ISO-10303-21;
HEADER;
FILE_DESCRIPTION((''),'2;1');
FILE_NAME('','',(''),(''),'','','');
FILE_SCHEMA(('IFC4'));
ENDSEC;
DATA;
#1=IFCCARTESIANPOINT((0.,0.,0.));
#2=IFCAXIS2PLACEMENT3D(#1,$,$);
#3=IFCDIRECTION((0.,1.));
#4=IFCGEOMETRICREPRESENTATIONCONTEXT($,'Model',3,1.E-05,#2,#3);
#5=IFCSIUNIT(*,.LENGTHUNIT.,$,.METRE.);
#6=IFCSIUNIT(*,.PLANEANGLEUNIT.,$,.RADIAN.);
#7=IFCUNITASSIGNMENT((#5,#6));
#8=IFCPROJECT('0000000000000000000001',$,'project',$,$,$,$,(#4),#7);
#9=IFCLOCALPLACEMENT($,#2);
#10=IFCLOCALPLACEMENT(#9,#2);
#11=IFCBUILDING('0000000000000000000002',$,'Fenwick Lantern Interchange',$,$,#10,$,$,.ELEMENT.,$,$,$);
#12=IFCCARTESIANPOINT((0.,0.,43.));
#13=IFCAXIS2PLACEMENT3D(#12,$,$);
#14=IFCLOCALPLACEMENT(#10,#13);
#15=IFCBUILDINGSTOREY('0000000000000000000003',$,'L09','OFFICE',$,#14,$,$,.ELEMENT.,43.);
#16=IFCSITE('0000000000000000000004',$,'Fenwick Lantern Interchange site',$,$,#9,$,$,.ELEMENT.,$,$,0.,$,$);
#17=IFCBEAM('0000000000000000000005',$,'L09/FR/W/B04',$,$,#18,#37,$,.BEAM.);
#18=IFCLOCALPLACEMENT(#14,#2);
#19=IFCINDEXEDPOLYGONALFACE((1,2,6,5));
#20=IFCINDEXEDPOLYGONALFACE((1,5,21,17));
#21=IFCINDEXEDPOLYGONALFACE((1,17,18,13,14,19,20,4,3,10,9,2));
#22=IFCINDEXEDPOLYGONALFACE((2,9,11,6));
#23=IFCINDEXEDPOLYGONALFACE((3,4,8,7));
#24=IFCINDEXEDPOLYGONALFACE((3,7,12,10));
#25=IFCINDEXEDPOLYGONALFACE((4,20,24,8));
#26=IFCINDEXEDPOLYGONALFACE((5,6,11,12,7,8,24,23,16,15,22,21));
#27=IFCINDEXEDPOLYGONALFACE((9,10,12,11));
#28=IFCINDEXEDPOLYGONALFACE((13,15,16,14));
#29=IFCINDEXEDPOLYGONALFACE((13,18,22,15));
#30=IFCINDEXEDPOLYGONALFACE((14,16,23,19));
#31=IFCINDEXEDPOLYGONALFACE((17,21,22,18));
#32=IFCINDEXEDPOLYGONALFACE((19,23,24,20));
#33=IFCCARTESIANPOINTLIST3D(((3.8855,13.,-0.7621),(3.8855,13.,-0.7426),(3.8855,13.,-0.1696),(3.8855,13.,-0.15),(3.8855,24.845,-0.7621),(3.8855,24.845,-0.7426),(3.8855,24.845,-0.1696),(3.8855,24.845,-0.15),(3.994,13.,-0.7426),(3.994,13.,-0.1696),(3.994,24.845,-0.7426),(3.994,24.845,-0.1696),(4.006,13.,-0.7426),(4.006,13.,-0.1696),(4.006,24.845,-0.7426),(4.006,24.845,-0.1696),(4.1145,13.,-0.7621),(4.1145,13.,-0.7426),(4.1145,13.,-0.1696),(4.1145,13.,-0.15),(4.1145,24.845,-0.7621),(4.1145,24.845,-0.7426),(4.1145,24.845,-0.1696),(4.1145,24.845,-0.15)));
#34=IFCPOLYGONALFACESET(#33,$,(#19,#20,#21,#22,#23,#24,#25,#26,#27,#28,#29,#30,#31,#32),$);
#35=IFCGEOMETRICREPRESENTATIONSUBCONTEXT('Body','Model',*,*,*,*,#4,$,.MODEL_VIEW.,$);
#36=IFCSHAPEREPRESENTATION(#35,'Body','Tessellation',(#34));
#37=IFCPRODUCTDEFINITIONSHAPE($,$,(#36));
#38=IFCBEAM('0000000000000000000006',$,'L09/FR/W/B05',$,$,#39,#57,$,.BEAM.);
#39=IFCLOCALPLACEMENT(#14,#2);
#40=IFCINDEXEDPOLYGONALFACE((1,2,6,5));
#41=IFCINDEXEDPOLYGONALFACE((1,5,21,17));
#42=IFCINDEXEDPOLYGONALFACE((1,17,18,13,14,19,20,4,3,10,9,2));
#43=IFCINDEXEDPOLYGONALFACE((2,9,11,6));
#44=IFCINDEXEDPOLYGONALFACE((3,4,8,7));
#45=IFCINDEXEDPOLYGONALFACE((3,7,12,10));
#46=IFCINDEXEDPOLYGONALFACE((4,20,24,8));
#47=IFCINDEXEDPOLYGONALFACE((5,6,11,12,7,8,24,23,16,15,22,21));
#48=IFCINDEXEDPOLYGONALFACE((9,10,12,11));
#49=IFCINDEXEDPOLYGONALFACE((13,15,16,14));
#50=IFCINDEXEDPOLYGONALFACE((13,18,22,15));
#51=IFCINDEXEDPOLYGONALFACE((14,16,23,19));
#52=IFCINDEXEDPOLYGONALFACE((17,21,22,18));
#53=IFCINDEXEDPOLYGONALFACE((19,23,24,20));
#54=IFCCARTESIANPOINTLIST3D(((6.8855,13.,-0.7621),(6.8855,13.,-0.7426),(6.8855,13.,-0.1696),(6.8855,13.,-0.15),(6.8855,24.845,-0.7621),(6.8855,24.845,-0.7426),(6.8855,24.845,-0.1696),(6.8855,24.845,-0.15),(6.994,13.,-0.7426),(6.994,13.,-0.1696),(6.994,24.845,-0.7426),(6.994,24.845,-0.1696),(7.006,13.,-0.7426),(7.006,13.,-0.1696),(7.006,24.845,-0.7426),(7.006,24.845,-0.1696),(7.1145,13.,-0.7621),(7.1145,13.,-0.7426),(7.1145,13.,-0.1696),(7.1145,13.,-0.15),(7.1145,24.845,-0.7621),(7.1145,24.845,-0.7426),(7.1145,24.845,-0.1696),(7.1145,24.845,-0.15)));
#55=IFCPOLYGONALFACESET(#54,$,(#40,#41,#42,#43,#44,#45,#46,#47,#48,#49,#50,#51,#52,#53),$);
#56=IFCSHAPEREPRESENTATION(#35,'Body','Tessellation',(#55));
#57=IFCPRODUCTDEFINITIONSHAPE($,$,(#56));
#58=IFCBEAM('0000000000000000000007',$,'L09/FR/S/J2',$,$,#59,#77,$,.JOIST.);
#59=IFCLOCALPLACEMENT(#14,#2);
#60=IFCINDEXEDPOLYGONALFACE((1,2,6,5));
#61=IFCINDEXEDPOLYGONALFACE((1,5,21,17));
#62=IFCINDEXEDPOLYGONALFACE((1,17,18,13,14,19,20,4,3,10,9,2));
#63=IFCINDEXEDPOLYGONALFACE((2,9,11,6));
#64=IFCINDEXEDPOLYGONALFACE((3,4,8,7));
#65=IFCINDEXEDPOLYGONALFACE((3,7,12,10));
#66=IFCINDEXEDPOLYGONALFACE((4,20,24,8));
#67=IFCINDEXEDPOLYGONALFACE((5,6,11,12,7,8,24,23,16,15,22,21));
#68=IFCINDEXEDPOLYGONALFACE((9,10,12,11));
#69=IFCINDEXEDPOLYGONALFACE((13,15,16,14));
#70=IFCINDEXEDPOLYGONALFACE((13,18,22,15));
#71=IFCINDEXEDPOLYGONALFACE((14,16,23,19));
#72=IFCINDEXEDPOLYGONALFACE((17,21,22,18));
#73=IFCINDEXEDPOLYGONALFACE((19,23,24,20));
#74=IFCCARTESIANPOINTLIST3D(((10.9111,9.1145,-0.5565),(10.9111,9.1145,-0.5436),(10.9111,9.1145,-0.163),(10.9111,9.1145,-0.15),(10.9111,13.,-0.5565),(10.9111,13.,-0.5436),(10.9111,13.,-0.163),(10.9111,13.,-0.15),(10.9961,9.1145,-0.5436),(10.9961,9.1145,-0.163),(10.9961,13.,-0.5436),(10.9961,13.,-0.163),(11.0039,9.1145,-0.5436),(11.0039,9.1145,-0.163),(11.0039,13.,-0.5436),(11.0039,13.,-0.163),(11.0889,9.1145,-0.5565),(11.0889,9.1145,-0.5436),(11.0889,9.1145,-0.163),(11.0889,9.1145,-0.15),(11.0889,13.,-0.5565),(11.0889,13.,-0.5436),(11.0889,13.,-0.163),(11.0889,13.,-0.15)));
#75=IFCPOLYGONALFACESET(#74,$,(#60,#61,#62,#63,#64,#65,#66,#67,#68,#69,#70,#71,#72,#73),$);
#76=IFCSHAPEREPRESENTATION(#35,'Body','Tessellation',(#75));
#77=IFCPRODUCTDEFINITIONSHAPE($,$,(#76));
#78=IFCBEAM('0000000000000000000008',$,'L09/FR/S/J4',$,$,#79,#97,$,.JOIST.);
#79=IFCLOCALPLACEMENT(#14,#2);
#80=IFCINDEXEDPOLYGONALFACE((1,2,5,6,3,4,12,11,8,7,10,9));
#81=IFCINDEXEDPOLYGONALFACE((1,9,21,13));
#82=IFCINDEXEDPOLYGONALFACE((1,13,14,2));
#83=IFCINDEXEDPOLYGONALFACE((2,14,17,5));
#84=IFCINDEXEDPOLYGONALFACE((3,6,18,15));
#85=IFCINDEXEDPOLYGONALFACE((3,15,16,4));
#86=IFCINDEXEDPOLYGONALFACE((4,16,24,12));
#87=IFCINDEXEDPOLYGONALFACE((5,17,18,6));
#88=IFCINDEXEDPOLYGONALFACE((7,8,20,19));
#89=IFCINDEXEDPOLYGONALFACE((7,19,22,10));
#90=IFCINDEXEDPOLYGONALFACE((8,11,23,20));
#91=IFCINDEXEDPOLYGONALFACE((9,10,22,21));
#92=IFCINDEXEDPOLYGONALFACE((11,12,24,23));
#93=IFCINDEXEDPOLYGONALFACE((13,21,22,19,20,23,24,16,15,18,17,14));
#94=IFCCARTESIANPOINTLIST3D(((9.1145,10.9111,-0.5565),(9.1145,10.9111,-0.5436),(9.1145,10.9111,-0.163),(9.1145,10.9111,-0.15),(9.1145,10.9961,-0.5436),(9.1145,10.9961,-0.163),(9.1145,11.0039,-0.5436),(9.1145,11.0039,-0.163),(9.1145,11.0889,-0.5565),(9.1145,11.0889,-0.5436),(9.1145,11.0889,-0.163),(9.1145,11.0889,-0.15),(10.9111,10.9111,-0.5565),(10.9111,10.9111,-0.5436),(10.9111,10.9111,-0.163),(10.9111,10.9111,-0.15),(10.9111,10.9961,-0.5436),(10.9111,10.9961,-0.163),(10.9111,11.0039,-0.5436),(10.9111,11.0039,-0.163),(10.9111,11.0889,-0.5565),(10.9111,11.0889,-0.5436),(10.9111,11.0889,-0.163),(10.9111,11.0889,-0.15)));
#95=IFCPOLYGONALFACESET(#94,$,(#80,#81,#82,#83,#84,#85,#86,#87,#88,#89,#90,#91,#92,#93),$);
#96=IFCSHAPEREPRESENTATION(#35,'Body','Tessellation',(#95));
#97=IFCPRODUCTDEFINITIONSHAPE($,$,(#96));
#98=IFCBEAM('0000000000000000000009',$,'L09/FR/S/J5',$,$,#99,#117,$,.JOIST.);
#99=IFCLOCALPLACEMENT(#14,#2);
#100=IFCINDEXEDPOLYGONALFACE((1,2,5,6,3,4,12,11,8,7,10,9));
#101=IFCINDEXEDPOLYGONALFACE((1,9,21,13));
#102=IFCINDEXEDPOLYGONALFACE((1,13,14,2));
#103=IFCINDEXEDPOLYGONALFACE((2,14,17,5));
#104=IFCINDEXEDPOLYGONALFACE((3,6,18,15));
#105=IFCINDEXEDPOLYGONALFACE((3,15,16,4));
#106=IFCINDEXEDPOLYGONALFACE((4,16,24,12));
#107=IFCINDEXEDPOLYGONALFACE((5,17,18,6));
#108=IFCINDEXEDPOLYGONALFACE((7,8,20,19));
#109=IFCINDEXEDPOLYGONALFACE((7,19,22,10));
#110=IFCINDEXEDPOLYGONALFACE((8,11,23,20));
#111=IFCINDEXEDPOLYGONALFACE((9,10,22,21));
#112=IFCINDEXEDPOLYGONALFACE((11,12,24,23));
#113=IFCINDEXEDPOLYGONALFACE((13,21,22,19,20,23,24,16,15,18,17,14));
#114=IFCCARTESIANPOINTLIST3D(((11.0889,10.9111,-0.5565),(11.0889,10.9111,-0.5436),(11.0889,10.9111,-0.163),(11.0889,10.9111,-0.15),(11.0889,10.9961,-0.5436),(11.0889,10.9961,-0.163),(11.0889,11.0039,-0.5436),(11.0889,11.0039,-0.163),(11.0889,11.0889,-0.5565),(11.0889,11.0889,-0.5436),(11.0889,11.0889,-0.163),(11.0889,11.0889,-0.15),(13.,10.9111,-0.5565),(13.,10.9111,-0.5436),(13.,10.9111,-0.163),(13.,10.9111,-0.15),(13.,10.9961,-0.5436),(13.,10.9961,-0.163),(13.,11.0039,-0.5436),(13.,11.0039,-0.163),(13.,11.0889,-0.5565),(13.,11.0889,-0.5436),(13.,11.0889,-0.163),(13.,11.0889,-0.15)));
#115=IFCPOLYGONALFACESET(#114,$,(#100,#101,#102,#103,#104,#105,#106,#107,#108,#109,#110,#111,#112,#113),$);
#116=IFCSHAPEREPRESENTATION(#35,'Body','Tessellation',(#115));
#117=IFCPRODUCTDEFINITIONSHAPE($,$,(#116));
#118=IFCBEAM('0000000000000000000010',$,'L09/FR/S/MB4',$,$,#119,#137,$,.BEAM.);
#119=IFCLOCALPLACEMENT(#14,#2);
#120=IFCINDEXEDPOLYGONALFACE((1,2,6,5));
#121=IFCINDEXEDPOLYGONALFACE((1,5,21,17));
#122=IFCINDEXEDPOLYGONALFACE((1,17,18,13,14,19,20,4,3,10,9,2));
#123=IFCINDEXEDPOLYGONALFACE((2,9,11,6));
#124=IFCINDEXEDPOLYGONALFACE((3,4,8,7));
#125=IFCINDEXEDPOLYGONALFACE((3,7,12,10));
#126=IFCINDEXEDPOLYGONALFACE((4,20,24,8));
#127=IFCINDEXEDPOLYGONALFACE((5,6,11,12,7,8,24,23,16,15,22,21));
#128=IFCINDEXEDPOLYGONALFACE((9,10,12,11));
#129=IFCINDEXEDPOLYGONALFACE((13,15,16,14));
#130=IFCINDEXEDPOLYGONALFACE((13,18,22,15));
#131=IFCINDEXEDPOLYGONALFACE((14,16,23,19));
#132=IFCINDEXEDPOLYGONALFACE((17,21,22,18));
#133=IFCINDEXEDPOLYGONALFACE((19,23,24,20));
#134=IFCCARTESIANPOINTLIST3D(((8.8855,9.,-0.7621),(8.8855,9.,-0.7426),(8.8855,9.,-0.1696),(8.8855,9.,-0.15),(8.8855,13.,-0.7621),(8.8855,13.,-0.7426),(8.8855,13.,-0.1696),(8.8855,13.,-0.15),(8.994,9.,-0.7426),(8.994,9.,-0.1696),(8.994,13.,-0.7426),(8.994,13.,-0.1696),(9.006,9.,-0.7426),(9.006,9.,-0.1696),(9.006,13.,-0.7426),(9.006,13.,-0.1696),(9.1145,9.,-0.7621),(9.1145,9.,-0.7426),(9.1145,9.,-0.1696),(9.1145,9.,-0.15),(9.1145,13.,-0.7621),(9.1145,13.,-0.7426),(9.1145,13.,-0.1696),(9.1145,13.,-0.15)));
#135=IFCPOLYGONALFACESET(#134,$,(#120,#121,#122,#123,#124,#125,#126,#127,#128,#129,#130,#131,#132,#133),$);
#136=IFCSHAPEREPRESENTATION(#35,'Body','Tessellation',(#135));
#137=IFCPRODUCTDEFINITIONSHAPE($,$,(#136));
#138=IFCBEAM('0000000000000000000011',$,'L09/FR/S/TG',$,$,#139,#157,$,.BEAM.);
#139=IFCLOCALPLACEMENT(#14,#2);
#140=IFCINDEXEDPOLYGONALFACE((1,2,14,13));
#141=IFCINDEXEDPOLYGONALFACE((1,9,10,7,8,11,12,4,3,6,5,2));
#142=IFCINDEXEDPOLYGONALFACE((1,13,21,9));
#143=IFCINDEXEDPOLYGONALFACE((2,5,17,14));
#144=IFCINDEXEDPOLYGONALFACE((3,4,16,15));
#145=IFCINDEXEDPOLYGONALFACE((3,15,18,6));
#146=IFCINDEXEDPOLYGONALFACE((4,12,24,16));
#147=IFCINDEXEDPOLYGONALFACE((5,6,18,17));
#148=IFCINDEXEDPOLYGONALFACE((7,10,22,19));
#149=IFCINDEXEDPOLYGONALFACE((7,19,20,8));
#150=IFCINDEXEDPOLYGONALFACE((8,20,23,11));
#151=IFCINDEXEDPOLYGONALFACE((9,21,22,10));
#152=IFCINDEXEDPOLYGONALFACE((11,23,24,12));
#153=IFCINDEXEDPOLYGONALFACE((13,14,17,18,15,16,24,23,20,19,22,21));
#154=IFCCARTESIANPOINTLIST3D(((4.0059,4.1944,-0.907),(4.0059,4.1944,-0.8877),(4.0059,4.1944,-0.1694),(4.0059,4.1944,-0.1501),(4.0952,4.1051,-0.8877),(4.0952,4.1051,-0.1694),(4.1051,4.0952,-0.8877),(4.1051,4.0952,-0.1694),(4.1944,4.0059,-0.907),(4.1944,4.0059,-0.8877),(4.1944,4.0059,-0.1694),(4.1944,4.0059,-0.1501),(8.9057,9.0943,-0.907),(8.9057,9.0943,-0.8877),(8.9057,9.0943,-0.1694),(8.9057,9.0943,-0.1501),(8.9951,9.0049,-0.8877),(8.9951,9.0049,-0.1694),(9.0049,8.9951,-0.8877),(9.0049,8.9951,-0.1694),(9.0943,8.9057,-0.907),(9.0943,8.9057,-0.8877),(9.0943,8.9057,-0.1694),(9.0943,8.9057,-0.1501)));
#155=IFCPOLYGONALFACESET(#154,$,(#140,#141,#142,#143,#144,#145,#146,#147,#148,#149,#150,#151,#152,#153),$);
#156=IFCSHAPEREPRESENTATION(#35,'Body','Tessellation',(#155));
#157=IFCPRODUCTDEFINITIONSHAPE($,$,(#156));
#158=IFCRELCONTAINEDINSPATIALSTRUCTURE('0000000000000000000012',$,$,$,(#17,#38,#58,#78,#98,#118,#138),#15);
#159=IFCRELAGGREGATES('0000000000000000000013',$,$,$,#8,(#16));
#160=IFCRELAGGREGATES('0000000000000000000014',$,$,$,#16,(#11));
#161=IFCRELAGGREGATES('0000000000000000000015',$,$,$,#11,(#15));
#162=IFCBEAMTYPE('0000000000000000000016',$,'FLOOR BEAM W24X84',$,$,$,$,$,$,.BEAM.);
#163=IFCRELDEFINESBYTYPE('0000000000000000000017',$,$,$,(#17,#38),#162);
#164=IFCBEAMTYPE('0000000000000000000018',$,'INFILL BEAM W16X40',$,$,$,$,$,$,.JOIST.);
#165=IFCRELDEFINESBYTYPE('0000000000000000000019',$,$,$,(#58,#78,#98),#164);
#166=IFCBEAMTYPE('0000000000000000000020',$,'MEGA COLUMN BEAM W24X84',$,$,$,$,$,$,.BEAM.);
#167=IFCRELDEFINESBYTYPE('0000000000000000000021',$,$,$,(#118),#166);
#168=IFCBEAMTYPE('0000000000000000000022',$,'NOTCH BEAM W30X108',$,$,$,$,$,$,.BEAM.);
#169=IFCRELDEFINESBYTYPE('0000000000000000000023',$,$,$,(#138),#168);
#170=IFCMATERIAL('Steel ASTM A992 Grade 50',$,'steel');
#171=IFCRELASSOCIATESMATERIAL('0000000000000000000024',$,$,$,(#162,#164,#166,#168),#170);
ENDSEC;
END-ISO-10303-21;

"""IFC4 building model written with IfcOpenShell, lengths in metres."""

from ifc_helpers import new_model, si_unit, direction, frame, origin, origin_2d, place, context, subcontext, project, spatial, i_section, extrude, material, material_profile, profile_set, type_object, element, save


model = new_model("IFC4")

# Units and contexts
model_context = context("Model", 3, precision=1e-05, world=origin(), true_north=direction((0.0, 1.0)))
body_context = subcontext(model_context, "Body", "Model", "MODEL_VIEW")
ifc_project = project(units=[si_unit("LENGTHUNIT", "METRE"), si_unit("PLANEANGLEUNIT", "RADIAN")], contexts=[model_context])

# Site, building, storey
site_placement = place(None, origin())
site = spatial("IfcSite", under=ifc_project, at=site_placement, Name="Fenwick Lantern Interchange site", CompositionType="ELEMENT", RefElevation=0.0)
building_placement = place(site_placement, origin())
building = spatial("IfcBuilding", under=site, at=building_placement, Name="Fenwick Lantern Interchange", CompositionType="ELEMENT")
storey_placement = place(building_placement, frame((0.0, 0.0, 43.0)))
storey = spatial("IfcBuildingStorey", under=building, at=storey_placement, Name="L09", Description="OFFICE", CompositionType="ELEMENT", Elevation=43.0)

# Beams
ifc_material_1 = material(Name="Steel ASTM A992 Grade 50", Category="steel")
ifc_material_profile_1 = material_profile(ifc_material_1, i_section(OverallWidth=0.229, OverallDepth=0.6121, WebThickness=0.012, FlangeThickness=0.0195, at=origin_2d()), Name="W24X84")
ifc_profile_set_1 = profile_set([ifc_material_profile_1], Name="Steel ASTM A992 Grade 50")
beam_type_1 = type_object("IfcBeamType", Name="FLOOR BEAM W24X84", PredefinedType="BEAM", material=ifc_profile_set_1)
for number, where, z_axis, x_axis, name in (
    (1, (4.0, 24.845, -0.4561), (0.0, -1.0, 0.0), (1.0, 0.0, 0.0), "L09/FR/W/B04"),
    (2, (7.0, 24.845, -0.4561), (0.0, -1.0, 0.0), (1.0, 0.0, 0.0), "L09/FR/W/B05"),
):
    element("IfcBeam", number, at=place(storey_placement, frame(where, z_axis=z_axis, x_axis=x_axis)), inside=storey, type_object=beam_type_1, Name=name, PredefinedType="BEAM", context=body_context, shape_type="SweptSolid", body=[
        extrude(i_section(OverallWidth=0.229, OverallDepth=0.6121, WebThickness=0.012, FlangeThickness=0.0195, at=origin_2d()), origin(), (0.0, 0.0, 1.0), 11.845),
    ])
ifc_material_profile_2 = material_profile(ifc_material_1, i_section(OverallWidth=0.1777, OverallDepth=0.4065, WebThickness=0.0078, FlangeThickness=0.0129, at=origin_2d()), Name="W16X40")
ifc_profile_set_2 = profile_set([ifc_material_profile_2], Name="Steel ASTM A992 Grade 50")
beam_type_2 = type_object("IfcBeamType", Name="INFILL BEAM W16X40", PredefinedType="JOIST", material=ifc_profile_set_2)
beam_1_placement = place(storey_placement, frame((11.0, 9.1145, -0.3533), z_axis=(0.0, 1.0, 0.0), x_axis=(-1.0, 0.0, 0.0)))
element("IfcBeam", 3, at=beam_1_placement, inside=storey, type_object=beam_type_2, Name="L09/FR/S/J2", PredefinedType="JOIST", context=body_context, shape_type="SweptSolid", body=[
    extrude(i_section(OverallWidth=0.1777, OverallDepth=0.4065, WebThickness=0.0078, FlangeThickness=0.0129, at=origin_2d()), origin(), (0.0, 0.0, 1.0), 3.8855),
])
beam_2_placement = place(storey_placement, frame((9.1145, 11.0, -0.3533), z_axis=(1.0, 0.0, 0.0), x_axis=(0.0, 1.0, 0.0)))
element("IfcBeam", 4, at=beam_2_placement, inside=storey, type_object=beam_type_2, Name="L09/FR/S/J4", PredefinedType="JOIST", context=body_context, shape_type="SweptSolid", body=[
    extrude(i_section(OverallWidth=0.1777, OverallDepth=0.4065, WebThickness=0.0078, FlangeThickness=0.0129, at=origin_2d()), origin(), (0.0, 0.0, 1.0), 1.7966),
])
beam_3_placement = place(storey_placement, frame((11.0889, 11.0, -0.3533), z_axis=(1.0, 0.0, 0.0), x_axis=(0.0, 1.0, 0.0)))
element("IfcBeam", 5, at=beam_3_placement, inside=storey, type_object=beam_type_2, Name="L09/FR/S/J5", PredefinedType="JOIST", context=body_context, shape_type="SweptSolid", body=[
    extrude(i_section(OverallWidth=0.1777, OverallDepth=0.4065, WebThickness=0.0078, FlangeThickness=0.0129, at=origin_2d()), origin(), (0.0, 0.0, 1.0), 1.9111),
])
ifc_material_profile_3 = material_profile(ifc_material_1, i_section(OverallWidth=0.229, OverallDepth=0.6121, WebThickness=0.012, FlangeThickness=0.0195, at=origin_2d()), Name="W24X84")
ifc_profile_set_3 = profile_set([ifc_material_profile_3], Name="Steel ASTM A992 Grade 50")
beam_type_3 = type_object("IfcBeamType", Name="MEGA COLUMN BEAM W24X84", PredefinedType="BEAM", material=ifc_profile_set_3)
beam_4_placement = place(storey_placement, frame((9.0, 9.0, -0.4561), z_axis=(0.0, 1.0, 0.0), x_axis=(-1.0, 0.0, 0.0)))
element("IfcBeam", 6, at=beam_4_placement, inside=storey, type_object=beam_type_3, Name="L09/FR/S/MB4", PredefinedType="BEAM", context=body_context, shape_type="SweptSolid", body=[
    extrude(i_section(OverallWidth=0.229, OverallDepth=0.6121, WebThickness=0.012, FlangeThickness=0.0195, at=origin_2d()), origin(), (0.0, 0.0, 1.0), 4.0),
])
ifc_material_profile_4 = material_profile(ifc_material_1, i_section(OverallWidth=0.2666, OverallDepth=0.7568, WebThickness=0.0139, FlangeThickness=0.0193, at=origin_2d()), Name="W30X108")
ifc_profile_set_4 = profile_set([ifc_material_profile_4], Name="Steel ASTM A992 Grade 50")
beam_type_4 = type_object("IfcBeamType", Name="NOTCH BEAM W30X108", PredefinedType="BEAM", material=ifc_profile_set_4)
beam_5_placement = place(storey_placement, frame((9.0, 9.0, -0.5286), z_axis=(-0.707107, -0.707107, 0.0), x_axis=(0.707107, -0.707107, 0.0)))
element("IfcBeam", 7, at=beam_5_placement, inside=storey, type_object=beam_type_4, Name="L09/FR/S/TG", PredefinedType="BEAM", context=body_context, shape_type="SweptSolid", body=[
    extrude(i_section(OverallWidth=0.2666, OverallDepth=0.7568, WebThickness=0.0139, FlangeThickness=0.0193, at=origin_2d()), origin(), (0.0, 0.0, 1.0), 6.9294),
])

save(model, "model.ifc")
